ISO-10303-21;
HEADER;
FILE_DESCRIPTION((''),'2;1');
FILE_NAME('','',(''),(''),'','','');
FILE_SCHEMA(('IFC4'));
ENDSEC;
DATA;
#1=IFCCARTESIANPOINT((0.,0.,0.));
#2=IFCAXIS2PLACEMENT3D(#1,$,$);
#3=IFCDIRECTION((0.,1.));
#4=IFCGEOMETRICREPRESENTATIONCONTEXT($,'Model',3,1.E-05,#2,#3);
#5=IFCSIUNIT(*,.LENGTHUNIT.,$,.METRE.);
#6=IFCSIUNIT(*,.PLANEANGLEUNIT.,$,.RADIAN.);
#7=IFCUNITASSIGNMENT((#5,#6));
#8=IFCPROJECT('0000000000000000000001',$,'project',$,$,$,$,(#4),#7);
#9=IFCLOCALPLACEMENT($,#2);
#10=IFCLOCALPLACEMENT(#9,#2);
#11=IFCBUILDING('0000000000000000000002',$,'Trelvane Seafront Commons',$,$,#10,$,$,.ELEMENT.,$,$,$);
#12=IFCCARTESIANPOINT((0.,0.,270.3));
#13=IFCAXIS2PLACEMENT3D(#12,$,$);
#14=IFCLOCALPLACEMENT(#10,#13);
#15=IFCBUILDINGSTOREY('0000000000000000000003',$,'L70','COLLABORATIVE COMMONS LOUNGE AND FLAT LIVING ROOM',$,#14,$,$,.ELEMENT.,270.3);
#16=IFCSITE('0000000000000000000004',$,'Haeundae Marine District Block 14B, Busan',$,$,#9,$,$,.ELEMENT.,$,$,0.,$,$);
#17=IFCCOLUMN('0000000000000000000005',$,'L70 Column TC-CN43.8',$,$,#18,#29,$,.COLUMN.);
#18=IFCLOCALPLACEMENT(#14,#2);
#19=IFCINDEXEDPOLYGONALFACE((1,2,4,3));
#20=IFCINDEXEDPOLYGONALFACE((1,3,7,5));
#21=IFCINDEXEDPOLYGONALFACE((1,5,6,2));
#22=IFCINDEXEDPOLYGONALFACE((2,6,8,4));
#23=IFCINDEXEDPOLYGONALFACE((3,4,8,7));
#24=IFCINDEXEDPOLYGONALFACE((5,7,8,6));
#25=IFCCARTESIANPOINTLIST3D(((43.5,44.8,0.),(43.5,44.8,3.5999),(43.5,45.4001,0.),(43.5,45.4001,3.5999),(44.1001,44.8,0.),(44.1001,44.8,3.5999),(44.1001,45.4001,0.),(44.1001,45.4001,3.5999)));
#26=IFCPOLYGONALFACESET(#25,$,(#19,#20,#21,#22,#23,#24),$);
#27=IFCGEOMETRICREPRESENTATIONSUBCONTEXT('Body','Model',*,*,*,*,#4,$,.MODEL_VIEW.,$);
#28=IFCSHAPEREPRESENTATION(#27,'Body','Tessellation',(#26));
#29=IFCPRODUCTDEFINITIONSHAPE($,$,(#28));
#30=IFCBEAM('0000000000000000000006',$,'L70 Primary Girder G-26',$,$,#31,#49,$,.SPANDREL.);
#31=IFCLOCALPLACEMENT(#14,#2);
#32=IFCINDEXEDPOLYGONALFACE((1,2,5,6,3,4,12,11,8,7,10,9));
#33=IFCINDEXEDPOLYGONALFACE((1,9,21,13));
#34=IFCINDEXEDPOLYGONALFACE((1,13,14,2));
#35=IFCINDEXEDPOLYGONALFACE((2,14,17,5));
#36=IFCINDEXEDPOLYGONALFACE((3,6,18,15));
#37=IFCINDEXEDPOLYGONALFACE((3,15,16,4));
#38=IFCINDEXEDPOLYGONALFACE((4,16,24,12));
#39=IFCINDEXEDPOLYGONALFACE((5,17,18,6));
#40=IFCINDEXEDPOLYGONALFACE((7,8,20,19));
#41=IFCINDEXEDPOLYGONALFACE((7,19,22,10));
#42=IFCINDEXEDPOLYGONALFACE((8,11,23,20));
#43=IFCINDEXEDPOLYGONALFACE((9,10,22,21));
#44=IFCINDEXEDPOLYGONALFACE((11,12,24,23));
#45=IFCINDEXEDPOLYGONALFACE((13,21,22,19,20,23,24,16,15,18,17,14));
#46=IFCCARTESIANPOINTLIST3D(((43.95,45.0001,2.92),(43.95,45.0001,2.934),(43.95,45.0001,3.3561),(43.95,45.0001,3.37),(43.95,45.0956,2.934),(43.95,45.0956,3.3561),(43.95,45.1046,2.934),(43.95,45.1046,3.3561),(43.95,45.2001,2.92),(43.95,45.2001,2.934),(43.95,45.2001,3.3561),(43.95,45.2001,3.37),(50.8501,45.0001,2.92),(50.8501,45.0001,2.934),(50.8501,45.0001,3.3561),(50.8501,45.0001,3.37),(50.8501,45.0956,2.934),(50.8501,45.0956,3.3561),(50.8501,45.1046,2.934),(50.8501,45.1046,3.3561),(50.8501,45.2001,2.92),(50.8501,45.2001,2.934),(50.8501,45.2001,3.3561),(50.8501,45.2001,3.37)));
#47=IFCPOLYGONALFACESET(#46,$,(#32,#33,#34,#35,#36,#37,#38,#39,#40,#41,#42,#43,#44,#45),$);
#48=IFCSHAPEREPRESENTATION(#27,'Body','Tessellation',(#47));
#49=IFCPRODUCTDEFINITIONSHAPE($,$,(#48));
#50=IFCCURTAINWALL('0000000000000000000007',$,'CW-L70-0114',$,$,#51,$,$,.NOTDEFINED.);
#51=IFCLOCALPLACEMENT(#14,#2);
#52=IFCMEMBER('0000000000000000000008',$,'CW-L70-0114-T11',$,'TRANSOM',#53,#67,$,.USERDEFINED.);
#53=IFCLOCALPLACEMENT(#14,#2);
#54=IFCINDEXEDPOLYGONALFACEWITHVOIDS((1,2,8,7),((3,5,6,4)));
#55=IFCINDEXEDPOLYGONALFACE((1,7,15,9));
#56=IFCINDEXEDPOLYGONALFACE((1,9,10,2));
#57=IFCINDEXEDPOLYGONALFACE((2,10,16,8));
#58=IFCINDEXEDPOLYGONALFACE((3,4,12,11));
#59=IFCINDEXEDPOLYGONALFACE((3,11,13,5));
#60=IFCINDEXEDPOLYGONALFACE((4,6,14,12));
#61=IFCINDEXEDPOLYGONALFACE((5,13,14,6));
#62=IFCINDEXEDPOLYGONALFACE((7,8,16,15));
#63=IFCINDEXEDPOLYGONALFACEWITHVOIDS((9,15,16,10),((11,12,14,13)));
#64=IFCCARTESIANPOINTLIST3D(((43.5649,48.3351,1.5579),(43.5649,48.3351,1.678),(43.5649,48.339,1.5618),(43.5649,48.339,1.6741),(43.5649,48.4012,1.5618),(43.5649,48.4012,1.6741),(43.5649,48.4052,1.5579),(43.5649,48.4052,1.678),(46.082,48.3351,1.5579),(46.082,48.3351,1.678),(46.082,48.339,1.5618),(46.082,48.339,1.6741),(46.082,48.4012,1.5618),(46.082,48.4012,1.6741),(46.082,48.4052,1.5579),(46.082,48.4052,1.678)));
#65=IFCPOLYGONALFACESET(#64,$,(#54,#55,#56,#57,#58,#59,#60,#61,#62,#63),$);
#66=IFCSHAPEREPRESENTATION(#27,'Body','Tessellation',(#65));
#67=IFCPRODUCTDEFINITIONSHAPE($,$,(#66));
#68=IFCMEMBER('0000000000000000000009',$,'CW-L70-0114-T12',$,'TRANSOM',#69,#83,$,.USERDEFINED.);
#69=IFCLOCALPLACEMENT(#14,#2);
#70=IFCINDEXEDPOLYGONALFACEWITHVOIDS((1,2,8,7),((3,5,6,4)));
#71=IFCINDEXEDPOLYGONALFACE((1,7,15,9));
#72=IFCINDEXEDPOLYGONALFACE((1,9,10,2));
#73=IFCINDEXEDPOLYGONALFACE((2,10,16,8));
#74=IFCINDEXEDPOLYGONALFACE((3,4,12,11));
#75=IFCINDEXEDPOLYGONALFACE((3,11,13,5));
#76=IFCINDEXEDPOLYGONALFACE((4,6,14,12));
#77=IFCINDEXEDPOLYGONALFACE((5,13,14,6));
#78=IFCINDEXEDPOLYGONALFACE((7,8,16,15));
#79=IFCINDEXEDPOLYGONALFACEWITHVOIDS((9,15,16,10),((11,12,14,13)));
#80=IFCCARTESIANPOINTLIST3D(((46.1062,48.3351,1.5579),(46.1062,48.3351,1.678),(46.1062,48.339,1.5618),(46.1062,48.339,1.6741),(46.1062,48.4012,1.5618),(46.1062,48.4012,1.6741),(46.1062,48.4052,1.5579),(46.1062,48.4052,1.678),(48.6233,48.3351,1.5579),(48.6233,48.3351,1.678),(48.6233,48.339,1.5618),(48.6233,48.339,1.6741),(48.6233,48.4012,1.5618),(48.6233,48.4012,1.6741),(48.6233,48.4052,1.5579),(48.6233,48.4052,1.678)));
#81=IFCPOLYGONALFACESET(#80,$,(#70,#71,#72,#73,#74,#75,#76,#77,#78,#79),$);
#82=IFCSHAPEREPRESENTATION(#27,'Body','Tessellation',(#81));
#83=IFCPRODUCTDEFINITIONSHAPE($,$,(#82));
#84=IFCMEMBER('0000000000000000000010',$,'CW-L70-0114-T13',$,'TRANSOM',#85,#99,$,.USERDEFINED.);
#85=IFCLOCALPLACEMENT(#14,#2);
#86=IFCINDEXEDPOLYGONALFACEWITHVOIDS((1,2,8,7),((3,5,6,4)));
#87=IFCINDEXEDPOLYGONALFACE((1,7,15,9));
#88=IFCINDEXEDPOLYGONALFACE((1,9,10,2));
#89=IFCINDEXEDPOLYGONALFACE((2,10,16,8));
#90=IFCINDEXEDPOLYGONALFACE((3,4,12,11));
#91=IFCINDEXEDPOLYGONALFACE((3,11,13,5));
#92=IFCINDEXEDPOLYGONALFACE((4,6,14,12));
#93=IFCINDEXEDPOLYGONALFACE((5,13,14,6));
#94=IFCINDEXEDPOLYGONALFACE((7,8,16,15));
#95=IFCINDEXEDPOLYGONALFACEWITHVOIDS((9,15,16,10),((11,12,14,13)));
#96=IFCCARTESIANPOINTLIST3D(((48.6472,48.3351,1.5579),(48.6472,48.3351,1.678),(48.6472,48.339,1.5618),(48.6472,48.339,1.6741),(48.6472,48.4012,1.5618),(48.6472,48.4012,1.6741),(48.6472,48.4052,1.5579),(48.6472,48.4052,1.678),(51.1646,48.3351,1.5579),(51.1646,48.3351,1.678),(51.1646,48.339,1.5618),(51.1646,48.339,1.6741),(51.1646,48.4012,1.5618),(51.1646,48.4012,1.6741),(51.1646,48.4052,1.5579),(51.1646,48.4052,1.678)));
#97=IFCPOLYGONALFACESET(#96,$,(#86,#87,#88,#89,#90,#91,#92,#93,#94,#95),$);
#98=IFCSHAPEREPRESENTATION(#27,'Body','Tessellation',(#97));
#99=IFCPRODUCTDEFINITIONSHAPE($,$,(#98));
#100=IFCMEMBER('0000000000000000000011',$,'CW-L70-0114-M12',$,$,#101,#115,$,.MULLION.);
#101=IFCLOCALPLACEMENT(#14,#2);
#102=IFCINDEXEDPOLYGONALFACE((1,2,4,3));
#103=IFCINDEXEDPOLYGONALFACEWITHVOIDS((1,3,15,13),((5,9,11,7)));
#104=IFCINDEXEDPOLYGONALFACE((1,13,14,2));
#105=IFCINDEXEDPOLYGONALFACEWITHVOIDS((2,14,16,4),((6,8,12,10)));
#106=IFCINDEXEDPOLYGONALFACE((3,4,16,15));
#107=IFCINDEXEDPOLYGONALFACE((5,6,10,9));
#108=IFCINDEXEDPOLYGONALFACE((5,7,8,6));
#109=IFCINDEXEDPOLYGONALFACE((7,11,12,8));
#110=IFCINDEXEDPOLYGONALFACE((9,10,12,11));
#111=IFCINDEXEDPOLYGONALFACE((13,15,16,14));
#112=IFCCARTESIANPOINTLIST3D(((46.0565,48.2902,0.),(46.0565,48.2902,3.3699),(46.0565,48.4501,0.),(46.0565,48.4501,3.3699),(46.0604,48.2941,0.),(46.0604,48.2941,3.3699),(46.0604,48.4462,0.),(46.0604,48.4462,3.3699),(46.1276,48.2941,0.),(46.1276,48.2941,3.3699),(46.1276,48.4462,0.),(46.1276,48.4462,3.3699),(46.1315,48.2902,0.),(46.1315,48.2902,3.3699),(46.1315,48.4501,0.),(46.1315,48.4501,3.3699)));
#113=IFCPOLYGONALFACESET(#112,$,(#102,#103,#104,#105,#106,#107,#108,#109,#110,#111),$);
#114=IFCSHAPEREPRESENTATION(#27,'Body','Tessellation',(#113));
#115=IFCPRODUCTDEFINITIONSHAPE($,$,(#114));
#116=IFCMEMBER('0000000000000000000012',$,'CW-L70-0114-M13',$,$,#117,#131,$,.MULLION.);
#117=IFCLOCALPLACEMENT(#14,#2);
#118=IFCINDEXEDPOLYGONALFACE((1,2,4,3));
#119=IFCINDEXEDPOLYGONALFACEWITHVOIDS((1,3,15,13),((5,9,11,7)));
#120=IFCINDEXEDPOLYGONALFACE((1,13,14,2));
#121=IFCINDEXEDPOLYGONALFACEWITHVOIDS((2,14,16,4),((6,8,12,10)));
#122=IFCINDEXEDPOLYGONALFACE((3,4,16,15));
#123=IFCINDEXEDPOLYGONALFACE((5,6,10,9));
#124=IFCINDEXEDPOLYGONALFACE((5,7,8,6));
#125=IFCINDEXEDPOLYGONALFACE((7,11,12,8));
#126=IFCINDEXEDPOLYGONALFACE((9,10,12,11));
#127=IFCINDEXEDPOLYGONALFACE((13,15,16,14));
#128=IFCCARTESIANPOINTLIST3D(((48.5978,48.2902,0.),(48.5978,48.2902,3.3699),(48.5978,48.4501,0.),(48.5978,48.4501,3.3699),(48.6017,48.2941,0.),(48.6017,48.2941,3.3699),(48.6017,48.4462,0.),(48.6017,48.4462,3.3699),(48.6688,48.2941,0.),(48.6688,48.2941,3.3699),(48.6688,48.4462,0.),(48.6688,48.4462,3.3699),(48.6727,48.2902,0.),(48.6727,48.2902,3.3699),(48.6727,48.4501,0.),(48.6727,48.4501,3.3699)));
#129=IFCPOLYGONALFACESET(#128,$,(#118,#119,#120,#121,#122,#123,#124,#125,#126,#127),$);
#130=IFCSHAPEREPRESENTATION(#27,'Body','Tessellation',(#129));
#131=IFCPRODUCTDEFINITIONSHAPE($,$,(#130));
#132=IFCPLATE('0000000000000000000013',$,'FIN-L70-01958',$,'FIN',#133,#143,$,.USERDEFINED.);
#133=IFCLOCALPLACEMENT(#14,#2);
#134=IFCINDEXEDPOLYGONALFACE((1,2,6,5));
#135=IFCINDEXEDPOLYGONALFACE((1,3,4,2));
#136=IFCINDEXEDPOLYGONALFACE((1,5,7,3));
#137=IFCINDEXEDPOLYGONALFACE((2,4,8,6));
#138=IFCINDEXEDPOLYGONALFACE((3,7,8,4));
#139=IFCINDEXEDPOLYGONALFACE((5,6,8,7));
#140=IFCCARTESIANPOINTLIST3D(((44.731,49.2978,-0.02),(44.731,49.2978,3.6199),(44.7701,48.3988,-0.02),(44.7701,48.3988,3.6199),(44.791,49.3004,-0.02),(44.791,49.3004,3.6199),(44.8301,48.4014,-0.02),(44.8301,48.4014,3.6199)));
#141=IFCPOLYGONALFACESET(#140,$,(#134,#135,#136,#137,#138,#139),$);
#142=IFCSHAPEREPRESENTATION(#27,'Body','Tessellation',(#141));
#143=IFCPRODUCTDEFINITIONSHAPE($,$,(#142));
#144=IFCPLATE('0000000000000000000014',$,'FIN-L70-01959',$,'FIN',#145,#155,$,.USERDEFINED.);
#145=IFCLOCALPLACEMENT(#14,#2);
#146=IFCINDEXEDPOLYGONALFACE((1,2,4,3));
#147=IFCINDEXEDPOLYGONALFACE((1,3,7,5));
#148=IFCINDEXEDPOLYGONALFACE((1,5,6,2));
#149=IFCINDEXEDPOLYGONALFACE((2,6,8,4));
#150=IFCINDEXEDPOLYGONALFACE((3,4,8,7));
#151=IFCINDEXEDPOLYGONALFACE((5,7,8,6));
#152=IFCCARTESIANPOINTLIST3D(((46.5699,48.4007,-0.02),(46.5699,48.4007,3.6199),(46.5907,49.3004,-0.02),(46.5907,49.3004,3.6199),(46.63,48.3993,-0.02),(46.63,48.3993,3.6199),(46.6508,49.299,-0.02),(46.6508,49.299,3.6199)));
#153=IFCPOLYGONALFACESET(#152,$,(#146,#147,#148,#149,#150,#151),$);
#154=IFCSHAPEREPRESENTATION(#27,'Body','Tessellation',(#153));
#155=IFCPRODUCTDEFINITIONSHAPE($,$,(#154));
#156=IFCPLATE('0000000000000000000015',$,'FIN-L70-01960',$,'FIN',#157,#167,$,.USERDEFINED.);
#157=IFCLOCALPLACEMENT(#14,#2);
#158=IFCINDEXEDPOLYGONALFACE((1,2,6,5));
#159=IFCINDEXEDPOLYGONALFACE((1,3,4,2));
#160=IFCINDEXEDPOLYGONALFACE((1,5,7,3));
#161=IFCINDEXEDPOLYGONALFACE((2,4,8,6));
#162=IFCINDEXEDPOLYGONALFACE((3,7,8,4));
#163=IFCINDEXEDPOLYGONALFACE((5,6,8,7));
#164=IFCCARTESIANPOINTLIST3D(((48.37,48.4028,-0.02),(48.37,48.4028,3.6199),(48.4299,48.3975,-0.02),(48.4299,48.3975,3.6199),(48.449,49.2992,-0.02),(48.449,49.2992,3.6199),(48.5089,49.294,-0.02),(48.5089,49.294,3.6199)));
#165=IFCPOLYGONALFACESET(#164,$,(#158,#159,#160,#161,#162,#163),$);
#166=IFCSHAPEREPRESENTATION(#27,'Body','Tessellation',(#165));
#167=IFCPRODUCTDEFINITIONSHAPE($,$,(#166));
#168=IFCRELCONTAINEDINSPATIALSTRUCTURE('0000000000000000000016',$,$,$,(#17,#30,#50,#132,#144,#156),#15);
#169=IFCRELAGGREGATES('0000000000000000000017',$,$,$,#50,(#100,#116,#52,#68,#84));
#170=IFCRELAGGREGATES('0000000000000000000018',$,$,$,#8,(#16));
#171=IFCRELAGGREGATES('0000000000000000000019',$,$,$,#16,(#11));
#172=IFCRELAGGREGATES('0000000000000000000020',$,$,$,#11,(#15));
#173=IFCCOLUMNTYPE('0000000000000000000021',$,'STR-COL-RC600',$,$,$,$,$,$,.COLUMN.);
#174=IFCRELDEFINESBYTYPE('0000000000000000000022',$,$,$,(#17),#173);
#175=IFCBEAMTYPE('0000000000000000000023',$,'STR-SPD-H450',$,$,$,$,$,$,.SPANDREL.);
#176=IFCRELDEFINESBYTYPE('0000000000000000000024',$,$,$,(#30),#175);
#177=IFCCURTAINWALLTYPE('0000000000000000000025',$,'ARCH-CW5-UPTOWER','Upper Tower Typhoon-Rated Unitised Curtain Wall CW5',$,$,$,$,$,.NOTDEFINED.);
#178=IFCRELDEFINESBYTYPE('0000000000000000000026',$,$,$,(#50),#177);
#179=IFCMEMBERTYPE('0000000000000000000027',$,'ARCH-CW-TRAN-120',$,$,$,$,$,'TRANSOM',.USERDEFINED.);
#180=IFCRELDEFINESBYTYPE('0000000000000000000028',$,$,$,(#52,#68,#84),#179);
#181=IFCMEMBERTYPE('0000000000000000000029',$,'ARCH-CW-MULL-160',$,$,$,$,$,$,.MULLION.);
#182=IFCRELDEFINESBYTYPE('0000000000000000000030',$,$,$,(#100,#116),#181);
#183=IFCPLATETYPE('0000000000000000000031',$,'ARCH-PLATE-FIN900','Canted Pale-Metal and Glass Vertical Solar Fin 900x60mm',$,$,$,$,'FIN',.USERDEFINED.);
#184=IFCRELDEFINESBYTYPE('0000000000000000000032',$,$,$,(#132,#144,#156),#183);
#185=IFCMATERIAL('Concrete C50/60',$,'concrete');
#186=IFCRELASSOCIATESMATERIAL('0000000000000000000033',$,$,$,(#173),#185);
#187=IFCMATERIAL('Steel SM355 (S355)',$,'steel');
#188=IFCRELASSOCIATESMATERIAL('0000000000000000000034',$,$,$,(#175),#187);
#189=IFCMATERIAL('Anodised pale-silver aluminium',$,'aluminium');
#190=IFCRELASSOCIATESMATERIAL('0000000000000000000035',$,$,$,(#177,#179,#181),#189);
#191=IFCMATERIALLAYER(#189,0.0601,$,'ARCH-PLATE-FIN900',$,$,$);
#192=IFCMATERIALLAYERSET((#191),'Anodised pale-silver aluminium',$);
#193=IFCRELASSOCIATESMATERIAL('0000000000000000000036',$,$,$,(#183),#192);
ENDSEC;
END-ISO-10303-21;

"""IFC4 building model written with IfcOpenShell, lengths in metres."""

from ifc_helpers import new_model, si_unit, direction, frame, origin, origin_2d, place, context, subcontext, project, spatial, rectangle, hollow_rectangle, i_section, extrude, source, transform, mapped, material, layer, layer_set, material_profile, profile_set, type_object, element, aggregate, save


model = new_model("IFC4")

# Units and contexts
model_context = context("Model", 3, precision=1e-05, world=origin(), true_north=direction((0.0, 1.0)))
body_context = subcontext(model_context, "Body", "Model", "MODEL_VIEW")
ifc_project = project(units=[si_unit("LENGTHUNIT", "METRE"), si_unit("PLANEANGLEUNIT", "RADIAN")], contexts=[model_context])

# Site, building, storey
site_placement = place(None, origin())
site = spatial("IfcSite", under=ifc_project, at=site_placement, Name="Haeundae Marine District Block 14B, Busan", CompositionType="ELEMENT", RefElevation=0.0)
building_placement = place(site_placement, origin())
building = spatial("IfcBuilding", under=site, at=building_placement, Name="Trelvane Seafront Commons", CompositionType="ELEMENT")
storey_placement = place(building_placement, frame((0.0, 0.0, 270.3)))
storey = spatial("IfcBuildingStorey", under=building, at=storey_placement, Name="L70", Description="COLLABORATIVE COMMONS LOUNGE AND FLAT LIVING ROOM", CompositionType="ELEMENT", Elevation=270.3)

# Column
ifc_material_1 = material(Name="Concrete C50/60", Category="concrete")
ifc_material_profile_1 = material_profile(ifc_material_1, rectangle(XDim=0.6001, YDim=0.6001, at=origin_2d()), Name="RC-600x600")
ifc_profile_set_1 = profile_set([ifc_material_profile_1], Name="Concrete C50/60")
column_type = type_object("IfcColumnType", Name="STR-COL-RC600", PredefinedType="COLUMN", material=ifc_profile_set_1)
shared_shape_1 = source(origin(), body_context, "Body", "SweptSolid", [
    extrude(rectangle(XDim=0.6001, YDim=0.6001, at=origin_2d()), origin(), (0.0, 0.0, 1.0), 3.5999),
])
column_placement = place(storey_placement, frame((43.8, 45.1001, 0.0), z_axis=(0.0, 0.0, 1.0), x_axis=(1.0, 0.0, 0.0)))
element("IfcColumn", 1, at=column_placement, inside=storey, type_object=column_type, Name="L70 Column TC-CN43.8", PredefinedType="COLUMN", context=body_context, shape_type="MappedRepresentation", body=[
    mapped(shared_shape_1, transform((0.0, 0.0, 0.0), x_axis=(1.0, 0.0, 0.0), y_axis=(0.0, 1.0, 0.0), z_axis=(0.0, 0.0, 1.0), scale=1.0)),
])

# Beam
ifc_material_2 = material(Name="Steel SM355 (S355)", Category="steel")
ifc_material_profile_2 = material_profile(ifc_material_2, i_section(OverallWidth=0.2, OverallDepth=0.45, WebThickness=0.009, FlangeThickness=0.0139, at=origin_2d()), Name="H-450x200x9x14")
ifc_profile_set_2 = profile_set([ifc_material_profile_2], Name="Steel SM355 (S355)")
beam_type = type_object("IfcBeamType", Name="STR-SPD-H450", PredefinedType="SPANDREL", material=ifc_profile_set_2)
shared_shape_2 = source(origin(), body_context, "Body", "SweptSolid", [
    extrude(i_section(OverallWidth=0.2, OverallDepth=0.45, WebThickness=0.009, FlangeThickness=0.0139, at=origin_2d()), origin(), (0.0, 0.0, 1.0), 6.9001),
])
beam_placement = place(storey_placement, frame((43.95, 45.1001, 3.145), z_axis=(1.0, 0.0, 0.0), x_axis=(0.0, 1.0, 0.0)))
element("IfcBeam", 2, at=beam_placement, inside=storey, type_object=beam_type, Name="L70 Primary Girder G-26", PredefinedType="SPANDREL", context=body_context, shape_type="MappedRepresentation", body=[
    mapped(shared_shape_2, transform((0.0, 0.0, 0.0), x_axis=(1.0, 0.0, 0.0), y_axis=(0.0, 1.0, 0.0), z_axis=(0.0, 0.0, 1.0), scale=1.0)),
])

# Curtain wall, members
ifc_material_3 = material(Name="Anodised pale-silver aluminium", Category="aluminium")
curtain_wall_type = type_object("IfcCurtainWallType", Name="ARCH-CW5-UPTOWER", Description="Upper Tower Typhoon-Rated Unitised Curtain Wall CW5", PredefinedType="NOTDEFINED", material=ifc_material_3)
curtain_wall_placement = place(storey_placement, origin())
curtain_wall = element("IfcCurtainWall", 3, at=curtain_wall_placement, inside=storey, type_object=curtain_wall_type, Name="CW-L70-0114", PredefinedType="NOTDEFINED")
ifc_material_profile_3 = material_profile(ifc_material_3, hollow_rectangle(XDim=0.0701, YDim=0.1201, WallThickness=0.0039, at=origin_2d()), Name="TRAN-70x120x4")
ifc_profile_set_3 = profile_set([ifc_material_profile_3], Name="Anodised pale-silver aluminium")
member_type_1 = type_object("IfcMemberType", Name="ARCH-CW-TRAN-120", ElementType="TRANSOM", PredefinedType="USERDEFINED", material=ifc_profile_set_3)
shared_shape_3 = source(origin(), body_context, "Body", "SweptSolid", [
    extrude(hollow_rectangle(XDim=0.0701, YDim=0.1201, WallThickness=0.0039, at=origin_2d()), origin(), (0.0, 0.0, 1.0), 2.5171),
])
member_1_placement = place(storey_placement, frame((43.5649, 48.3701, 1.6179), z_axis=(1.0, 0.0, 0.0), x_axis=(0.0, 1.0, 0.0)))
member_1 = element("IfcMember", 4, at=member_1_placement, type_object=member_type_1, Name="CW-L70-0114-T11", ObjectType="TRANSOM", PredefinedType="USERDEFINED", context=body_context, shape_type="MappedRepresentation", body=[
    mapped(shared_shape_3, transform((0.0, 0.0, 0.0), x_axis=(1.0, 0.0, 0.0), y_axis=(0.0, 1.0, 0.0), z_axis=(0.0, 0.0, 1.0), scale=1.0)),
])
member_2_placement = place(storey_placement, frame((46.1062, 48.3701, 1.6179), z_axis=(1.0, 0.0, 0.0), x_axis=(0.0, 1.0, 0.0)))
member_2 = element("IfcMember", 5, at=member_2_placement, type_object=member_type_1, Name="CW-L70-0114-T12", ObjectType="TRANSOM", PredefinedType="USERDEFINED", context=body_context, shape_type="MappedRepresentation", body=[
    mapped(shared_shape_3, transform((0.0, 0.0, 0.0), x_axis=(1.0, 0.0, 0.0), y_axis=(0.0, 1.0, 0.0), z_axis=(0.0, 0.0, 1.0), scale=1.0)),
])
shared_shape_4 = source(origin(), body_context, "Body", "SweptSolid", [
    extrude(hollow_rectangle(XDim=0.0701, YDim=0.1201, WallThickness=0.0039, at=origin_2d()), origin(), (0.0, 0.0, 1.0), 2.5173),
])
member_3_placement = place(storey_placement, frame((48.6472, 48.3701, 1.6179), z_axis=(1.0, 0.0, 0.0), x_axis=(0.0, 1.0, 0.0)))
member_3 = element("IfcMember", 6, at=member_3_placement, type_object=member_type_1, Name="CW-L70-0114-T13", ObjectType="TRANSOM", PredefinedType="USERDEFINED", context=body_context, shape_type="MappedRepresentation", body=[
    mapped(shared_shape_4, transform((0.0, 0.0, 0.0), x_axis=(1.0, 0.0, 0.0), y_axis=(0.0, 1.0, 0.0), z_axis=(0.0, 0.0, 1.0), scale=1.0)),
])
ifc_material_profile_4 = material_profile(ifc_material_3, hollow_rectangle(XDim=0.075, YDim=0.1599, WallThickness=0.0039, at=origin_2d()), Name="MULL-75x160x4")
ifc_profile_set_4 = profile_set([ifc_material_profile_4], Name="Anodised pale-silver aluminium")
member_type_2 = type_object("IfcMemberType", Name="ARCH-CW-MULL-160", PredefinedType="MULLION", material=ifc_profile_set_4)
shared_shape_5 = source(origin(), body_context, "Body", "SweptSolid", [
    extrude(hollow_rectangle(XDim=0.075, YDim=0.1599, WallThickness=0.0039, at=origin_2d()), origin(), (0.0, 0.0, 1.0), 3.3699),
])
member_4_placement = place(storey_placement, frame((46.094, 48.3701, 0.0), z_axis=(0.0, 0.0, 1.0), x_axis=(1.0, 0.0, 0.0)))
member_4 = element("IfcMember", 7, at=member_4_placement, type_object=member_type_2, Name="CW-L70-0114-M12", PredefinedType="MULLION", context=body_context, shape_type="MappedRepresentation", body=[
    mapped(shared_shape_5, transform((0.0, 0.0, 0.0), x_axis=(1.0, 0.0, 0.0), y_axis=(0.0, 1.0, 0.0), z_axis=(0.0, 0.0, 1.0), scale=1.0)),
])
member_5_placement = place(storey_placement, frame((48.6353, 48.3701, 0.0), z_axis=(0.0, 0.0, 1.0), x_axis=(1.0, 0.0, 0.0)))
member_5 = element("IfcMember", 8, at=member_5_placement, type_object=member_type_2, Name="CW-L70-0114-M13", PredefinedType="MULLION", context=body_context, shape_type="MappedRepresentation", body=[
    mapped(shared_shape_5, transform((0.0, 0.0, 0.0), x_axis=(1.0, 0.0, 0.0), y_axis=(0.0, 1.0, 0.0), z_axis=(0.0, 0.0, 1.0), scale=1.0)),
])

# Plates
ifc_layer_1 = layer(ifc_material_3, 0.0601, Name="ARCH-PLATE-FIN900")
ifc_layer_set_1 = layer_set([ifc_layer_1], Name="Anodised pale-silver aluminium")
plate_type_1 = type_object("IfcPlateType", Name="ARCH-PLATE-FIN900", Description="Canted Pale-Metal and Glass Vertical Solar Fin 900x60mm", ElementType="FIN", PredefinedType="USERDEFINED", material=ifc_layer_set_1)
shared_shape_6 = source(origin(), body_context, "Body", "SweptSolid", [
    extrude(rectangle(XDim=0.8999, YDim=0.0601, at=origin_2d()), origin(), (0.0, 0.0, 1.0), 3.6399),
])
for number, where, z_axis, x_axis, name in (
    (9, (44.7805, 48.8496, -0.02), (0.0, 0.0, 1.0), (-0.043442, 0.999056, 0.0), "FIN-L70-01958"),
    (10, (46.6104, 48.8499, -0.02), (0.0, 0.0, 1.0), (0.02311, 0.999733, 0.0), "FIN-L70-01959"),
    (11, (48.4395, 48.8484, -0.02), (0.0, 0.0, 1.0), (0.08778, 0.99614, 0.0), "FIN-L70-01960"),
):
    element("IfcPlate", number, at=place(storey_placement, frame(where, z_axis=z_axis, x_axis=x_axis)), inside=storey, type_object=plate_type_1, Name=name, ObjectType="FIN", PredefinedType="USERDEFINED", context=body_context, shape_type="MappedRepresentation", body=[
        mapped(shared_shape_6, transform((0.0, 0.0, 0.0), x_axis=(1.0, 0.0, 0.0), y_axis=(0.0, 1.0, 0.0), z_axis=(0.0, 0.0, 1.0), scale=1.0)),
    ])

aggregate(curtain_wall, [member_4, member_5, member_1, member_2, member_3])

save(model, "model.ifc")
